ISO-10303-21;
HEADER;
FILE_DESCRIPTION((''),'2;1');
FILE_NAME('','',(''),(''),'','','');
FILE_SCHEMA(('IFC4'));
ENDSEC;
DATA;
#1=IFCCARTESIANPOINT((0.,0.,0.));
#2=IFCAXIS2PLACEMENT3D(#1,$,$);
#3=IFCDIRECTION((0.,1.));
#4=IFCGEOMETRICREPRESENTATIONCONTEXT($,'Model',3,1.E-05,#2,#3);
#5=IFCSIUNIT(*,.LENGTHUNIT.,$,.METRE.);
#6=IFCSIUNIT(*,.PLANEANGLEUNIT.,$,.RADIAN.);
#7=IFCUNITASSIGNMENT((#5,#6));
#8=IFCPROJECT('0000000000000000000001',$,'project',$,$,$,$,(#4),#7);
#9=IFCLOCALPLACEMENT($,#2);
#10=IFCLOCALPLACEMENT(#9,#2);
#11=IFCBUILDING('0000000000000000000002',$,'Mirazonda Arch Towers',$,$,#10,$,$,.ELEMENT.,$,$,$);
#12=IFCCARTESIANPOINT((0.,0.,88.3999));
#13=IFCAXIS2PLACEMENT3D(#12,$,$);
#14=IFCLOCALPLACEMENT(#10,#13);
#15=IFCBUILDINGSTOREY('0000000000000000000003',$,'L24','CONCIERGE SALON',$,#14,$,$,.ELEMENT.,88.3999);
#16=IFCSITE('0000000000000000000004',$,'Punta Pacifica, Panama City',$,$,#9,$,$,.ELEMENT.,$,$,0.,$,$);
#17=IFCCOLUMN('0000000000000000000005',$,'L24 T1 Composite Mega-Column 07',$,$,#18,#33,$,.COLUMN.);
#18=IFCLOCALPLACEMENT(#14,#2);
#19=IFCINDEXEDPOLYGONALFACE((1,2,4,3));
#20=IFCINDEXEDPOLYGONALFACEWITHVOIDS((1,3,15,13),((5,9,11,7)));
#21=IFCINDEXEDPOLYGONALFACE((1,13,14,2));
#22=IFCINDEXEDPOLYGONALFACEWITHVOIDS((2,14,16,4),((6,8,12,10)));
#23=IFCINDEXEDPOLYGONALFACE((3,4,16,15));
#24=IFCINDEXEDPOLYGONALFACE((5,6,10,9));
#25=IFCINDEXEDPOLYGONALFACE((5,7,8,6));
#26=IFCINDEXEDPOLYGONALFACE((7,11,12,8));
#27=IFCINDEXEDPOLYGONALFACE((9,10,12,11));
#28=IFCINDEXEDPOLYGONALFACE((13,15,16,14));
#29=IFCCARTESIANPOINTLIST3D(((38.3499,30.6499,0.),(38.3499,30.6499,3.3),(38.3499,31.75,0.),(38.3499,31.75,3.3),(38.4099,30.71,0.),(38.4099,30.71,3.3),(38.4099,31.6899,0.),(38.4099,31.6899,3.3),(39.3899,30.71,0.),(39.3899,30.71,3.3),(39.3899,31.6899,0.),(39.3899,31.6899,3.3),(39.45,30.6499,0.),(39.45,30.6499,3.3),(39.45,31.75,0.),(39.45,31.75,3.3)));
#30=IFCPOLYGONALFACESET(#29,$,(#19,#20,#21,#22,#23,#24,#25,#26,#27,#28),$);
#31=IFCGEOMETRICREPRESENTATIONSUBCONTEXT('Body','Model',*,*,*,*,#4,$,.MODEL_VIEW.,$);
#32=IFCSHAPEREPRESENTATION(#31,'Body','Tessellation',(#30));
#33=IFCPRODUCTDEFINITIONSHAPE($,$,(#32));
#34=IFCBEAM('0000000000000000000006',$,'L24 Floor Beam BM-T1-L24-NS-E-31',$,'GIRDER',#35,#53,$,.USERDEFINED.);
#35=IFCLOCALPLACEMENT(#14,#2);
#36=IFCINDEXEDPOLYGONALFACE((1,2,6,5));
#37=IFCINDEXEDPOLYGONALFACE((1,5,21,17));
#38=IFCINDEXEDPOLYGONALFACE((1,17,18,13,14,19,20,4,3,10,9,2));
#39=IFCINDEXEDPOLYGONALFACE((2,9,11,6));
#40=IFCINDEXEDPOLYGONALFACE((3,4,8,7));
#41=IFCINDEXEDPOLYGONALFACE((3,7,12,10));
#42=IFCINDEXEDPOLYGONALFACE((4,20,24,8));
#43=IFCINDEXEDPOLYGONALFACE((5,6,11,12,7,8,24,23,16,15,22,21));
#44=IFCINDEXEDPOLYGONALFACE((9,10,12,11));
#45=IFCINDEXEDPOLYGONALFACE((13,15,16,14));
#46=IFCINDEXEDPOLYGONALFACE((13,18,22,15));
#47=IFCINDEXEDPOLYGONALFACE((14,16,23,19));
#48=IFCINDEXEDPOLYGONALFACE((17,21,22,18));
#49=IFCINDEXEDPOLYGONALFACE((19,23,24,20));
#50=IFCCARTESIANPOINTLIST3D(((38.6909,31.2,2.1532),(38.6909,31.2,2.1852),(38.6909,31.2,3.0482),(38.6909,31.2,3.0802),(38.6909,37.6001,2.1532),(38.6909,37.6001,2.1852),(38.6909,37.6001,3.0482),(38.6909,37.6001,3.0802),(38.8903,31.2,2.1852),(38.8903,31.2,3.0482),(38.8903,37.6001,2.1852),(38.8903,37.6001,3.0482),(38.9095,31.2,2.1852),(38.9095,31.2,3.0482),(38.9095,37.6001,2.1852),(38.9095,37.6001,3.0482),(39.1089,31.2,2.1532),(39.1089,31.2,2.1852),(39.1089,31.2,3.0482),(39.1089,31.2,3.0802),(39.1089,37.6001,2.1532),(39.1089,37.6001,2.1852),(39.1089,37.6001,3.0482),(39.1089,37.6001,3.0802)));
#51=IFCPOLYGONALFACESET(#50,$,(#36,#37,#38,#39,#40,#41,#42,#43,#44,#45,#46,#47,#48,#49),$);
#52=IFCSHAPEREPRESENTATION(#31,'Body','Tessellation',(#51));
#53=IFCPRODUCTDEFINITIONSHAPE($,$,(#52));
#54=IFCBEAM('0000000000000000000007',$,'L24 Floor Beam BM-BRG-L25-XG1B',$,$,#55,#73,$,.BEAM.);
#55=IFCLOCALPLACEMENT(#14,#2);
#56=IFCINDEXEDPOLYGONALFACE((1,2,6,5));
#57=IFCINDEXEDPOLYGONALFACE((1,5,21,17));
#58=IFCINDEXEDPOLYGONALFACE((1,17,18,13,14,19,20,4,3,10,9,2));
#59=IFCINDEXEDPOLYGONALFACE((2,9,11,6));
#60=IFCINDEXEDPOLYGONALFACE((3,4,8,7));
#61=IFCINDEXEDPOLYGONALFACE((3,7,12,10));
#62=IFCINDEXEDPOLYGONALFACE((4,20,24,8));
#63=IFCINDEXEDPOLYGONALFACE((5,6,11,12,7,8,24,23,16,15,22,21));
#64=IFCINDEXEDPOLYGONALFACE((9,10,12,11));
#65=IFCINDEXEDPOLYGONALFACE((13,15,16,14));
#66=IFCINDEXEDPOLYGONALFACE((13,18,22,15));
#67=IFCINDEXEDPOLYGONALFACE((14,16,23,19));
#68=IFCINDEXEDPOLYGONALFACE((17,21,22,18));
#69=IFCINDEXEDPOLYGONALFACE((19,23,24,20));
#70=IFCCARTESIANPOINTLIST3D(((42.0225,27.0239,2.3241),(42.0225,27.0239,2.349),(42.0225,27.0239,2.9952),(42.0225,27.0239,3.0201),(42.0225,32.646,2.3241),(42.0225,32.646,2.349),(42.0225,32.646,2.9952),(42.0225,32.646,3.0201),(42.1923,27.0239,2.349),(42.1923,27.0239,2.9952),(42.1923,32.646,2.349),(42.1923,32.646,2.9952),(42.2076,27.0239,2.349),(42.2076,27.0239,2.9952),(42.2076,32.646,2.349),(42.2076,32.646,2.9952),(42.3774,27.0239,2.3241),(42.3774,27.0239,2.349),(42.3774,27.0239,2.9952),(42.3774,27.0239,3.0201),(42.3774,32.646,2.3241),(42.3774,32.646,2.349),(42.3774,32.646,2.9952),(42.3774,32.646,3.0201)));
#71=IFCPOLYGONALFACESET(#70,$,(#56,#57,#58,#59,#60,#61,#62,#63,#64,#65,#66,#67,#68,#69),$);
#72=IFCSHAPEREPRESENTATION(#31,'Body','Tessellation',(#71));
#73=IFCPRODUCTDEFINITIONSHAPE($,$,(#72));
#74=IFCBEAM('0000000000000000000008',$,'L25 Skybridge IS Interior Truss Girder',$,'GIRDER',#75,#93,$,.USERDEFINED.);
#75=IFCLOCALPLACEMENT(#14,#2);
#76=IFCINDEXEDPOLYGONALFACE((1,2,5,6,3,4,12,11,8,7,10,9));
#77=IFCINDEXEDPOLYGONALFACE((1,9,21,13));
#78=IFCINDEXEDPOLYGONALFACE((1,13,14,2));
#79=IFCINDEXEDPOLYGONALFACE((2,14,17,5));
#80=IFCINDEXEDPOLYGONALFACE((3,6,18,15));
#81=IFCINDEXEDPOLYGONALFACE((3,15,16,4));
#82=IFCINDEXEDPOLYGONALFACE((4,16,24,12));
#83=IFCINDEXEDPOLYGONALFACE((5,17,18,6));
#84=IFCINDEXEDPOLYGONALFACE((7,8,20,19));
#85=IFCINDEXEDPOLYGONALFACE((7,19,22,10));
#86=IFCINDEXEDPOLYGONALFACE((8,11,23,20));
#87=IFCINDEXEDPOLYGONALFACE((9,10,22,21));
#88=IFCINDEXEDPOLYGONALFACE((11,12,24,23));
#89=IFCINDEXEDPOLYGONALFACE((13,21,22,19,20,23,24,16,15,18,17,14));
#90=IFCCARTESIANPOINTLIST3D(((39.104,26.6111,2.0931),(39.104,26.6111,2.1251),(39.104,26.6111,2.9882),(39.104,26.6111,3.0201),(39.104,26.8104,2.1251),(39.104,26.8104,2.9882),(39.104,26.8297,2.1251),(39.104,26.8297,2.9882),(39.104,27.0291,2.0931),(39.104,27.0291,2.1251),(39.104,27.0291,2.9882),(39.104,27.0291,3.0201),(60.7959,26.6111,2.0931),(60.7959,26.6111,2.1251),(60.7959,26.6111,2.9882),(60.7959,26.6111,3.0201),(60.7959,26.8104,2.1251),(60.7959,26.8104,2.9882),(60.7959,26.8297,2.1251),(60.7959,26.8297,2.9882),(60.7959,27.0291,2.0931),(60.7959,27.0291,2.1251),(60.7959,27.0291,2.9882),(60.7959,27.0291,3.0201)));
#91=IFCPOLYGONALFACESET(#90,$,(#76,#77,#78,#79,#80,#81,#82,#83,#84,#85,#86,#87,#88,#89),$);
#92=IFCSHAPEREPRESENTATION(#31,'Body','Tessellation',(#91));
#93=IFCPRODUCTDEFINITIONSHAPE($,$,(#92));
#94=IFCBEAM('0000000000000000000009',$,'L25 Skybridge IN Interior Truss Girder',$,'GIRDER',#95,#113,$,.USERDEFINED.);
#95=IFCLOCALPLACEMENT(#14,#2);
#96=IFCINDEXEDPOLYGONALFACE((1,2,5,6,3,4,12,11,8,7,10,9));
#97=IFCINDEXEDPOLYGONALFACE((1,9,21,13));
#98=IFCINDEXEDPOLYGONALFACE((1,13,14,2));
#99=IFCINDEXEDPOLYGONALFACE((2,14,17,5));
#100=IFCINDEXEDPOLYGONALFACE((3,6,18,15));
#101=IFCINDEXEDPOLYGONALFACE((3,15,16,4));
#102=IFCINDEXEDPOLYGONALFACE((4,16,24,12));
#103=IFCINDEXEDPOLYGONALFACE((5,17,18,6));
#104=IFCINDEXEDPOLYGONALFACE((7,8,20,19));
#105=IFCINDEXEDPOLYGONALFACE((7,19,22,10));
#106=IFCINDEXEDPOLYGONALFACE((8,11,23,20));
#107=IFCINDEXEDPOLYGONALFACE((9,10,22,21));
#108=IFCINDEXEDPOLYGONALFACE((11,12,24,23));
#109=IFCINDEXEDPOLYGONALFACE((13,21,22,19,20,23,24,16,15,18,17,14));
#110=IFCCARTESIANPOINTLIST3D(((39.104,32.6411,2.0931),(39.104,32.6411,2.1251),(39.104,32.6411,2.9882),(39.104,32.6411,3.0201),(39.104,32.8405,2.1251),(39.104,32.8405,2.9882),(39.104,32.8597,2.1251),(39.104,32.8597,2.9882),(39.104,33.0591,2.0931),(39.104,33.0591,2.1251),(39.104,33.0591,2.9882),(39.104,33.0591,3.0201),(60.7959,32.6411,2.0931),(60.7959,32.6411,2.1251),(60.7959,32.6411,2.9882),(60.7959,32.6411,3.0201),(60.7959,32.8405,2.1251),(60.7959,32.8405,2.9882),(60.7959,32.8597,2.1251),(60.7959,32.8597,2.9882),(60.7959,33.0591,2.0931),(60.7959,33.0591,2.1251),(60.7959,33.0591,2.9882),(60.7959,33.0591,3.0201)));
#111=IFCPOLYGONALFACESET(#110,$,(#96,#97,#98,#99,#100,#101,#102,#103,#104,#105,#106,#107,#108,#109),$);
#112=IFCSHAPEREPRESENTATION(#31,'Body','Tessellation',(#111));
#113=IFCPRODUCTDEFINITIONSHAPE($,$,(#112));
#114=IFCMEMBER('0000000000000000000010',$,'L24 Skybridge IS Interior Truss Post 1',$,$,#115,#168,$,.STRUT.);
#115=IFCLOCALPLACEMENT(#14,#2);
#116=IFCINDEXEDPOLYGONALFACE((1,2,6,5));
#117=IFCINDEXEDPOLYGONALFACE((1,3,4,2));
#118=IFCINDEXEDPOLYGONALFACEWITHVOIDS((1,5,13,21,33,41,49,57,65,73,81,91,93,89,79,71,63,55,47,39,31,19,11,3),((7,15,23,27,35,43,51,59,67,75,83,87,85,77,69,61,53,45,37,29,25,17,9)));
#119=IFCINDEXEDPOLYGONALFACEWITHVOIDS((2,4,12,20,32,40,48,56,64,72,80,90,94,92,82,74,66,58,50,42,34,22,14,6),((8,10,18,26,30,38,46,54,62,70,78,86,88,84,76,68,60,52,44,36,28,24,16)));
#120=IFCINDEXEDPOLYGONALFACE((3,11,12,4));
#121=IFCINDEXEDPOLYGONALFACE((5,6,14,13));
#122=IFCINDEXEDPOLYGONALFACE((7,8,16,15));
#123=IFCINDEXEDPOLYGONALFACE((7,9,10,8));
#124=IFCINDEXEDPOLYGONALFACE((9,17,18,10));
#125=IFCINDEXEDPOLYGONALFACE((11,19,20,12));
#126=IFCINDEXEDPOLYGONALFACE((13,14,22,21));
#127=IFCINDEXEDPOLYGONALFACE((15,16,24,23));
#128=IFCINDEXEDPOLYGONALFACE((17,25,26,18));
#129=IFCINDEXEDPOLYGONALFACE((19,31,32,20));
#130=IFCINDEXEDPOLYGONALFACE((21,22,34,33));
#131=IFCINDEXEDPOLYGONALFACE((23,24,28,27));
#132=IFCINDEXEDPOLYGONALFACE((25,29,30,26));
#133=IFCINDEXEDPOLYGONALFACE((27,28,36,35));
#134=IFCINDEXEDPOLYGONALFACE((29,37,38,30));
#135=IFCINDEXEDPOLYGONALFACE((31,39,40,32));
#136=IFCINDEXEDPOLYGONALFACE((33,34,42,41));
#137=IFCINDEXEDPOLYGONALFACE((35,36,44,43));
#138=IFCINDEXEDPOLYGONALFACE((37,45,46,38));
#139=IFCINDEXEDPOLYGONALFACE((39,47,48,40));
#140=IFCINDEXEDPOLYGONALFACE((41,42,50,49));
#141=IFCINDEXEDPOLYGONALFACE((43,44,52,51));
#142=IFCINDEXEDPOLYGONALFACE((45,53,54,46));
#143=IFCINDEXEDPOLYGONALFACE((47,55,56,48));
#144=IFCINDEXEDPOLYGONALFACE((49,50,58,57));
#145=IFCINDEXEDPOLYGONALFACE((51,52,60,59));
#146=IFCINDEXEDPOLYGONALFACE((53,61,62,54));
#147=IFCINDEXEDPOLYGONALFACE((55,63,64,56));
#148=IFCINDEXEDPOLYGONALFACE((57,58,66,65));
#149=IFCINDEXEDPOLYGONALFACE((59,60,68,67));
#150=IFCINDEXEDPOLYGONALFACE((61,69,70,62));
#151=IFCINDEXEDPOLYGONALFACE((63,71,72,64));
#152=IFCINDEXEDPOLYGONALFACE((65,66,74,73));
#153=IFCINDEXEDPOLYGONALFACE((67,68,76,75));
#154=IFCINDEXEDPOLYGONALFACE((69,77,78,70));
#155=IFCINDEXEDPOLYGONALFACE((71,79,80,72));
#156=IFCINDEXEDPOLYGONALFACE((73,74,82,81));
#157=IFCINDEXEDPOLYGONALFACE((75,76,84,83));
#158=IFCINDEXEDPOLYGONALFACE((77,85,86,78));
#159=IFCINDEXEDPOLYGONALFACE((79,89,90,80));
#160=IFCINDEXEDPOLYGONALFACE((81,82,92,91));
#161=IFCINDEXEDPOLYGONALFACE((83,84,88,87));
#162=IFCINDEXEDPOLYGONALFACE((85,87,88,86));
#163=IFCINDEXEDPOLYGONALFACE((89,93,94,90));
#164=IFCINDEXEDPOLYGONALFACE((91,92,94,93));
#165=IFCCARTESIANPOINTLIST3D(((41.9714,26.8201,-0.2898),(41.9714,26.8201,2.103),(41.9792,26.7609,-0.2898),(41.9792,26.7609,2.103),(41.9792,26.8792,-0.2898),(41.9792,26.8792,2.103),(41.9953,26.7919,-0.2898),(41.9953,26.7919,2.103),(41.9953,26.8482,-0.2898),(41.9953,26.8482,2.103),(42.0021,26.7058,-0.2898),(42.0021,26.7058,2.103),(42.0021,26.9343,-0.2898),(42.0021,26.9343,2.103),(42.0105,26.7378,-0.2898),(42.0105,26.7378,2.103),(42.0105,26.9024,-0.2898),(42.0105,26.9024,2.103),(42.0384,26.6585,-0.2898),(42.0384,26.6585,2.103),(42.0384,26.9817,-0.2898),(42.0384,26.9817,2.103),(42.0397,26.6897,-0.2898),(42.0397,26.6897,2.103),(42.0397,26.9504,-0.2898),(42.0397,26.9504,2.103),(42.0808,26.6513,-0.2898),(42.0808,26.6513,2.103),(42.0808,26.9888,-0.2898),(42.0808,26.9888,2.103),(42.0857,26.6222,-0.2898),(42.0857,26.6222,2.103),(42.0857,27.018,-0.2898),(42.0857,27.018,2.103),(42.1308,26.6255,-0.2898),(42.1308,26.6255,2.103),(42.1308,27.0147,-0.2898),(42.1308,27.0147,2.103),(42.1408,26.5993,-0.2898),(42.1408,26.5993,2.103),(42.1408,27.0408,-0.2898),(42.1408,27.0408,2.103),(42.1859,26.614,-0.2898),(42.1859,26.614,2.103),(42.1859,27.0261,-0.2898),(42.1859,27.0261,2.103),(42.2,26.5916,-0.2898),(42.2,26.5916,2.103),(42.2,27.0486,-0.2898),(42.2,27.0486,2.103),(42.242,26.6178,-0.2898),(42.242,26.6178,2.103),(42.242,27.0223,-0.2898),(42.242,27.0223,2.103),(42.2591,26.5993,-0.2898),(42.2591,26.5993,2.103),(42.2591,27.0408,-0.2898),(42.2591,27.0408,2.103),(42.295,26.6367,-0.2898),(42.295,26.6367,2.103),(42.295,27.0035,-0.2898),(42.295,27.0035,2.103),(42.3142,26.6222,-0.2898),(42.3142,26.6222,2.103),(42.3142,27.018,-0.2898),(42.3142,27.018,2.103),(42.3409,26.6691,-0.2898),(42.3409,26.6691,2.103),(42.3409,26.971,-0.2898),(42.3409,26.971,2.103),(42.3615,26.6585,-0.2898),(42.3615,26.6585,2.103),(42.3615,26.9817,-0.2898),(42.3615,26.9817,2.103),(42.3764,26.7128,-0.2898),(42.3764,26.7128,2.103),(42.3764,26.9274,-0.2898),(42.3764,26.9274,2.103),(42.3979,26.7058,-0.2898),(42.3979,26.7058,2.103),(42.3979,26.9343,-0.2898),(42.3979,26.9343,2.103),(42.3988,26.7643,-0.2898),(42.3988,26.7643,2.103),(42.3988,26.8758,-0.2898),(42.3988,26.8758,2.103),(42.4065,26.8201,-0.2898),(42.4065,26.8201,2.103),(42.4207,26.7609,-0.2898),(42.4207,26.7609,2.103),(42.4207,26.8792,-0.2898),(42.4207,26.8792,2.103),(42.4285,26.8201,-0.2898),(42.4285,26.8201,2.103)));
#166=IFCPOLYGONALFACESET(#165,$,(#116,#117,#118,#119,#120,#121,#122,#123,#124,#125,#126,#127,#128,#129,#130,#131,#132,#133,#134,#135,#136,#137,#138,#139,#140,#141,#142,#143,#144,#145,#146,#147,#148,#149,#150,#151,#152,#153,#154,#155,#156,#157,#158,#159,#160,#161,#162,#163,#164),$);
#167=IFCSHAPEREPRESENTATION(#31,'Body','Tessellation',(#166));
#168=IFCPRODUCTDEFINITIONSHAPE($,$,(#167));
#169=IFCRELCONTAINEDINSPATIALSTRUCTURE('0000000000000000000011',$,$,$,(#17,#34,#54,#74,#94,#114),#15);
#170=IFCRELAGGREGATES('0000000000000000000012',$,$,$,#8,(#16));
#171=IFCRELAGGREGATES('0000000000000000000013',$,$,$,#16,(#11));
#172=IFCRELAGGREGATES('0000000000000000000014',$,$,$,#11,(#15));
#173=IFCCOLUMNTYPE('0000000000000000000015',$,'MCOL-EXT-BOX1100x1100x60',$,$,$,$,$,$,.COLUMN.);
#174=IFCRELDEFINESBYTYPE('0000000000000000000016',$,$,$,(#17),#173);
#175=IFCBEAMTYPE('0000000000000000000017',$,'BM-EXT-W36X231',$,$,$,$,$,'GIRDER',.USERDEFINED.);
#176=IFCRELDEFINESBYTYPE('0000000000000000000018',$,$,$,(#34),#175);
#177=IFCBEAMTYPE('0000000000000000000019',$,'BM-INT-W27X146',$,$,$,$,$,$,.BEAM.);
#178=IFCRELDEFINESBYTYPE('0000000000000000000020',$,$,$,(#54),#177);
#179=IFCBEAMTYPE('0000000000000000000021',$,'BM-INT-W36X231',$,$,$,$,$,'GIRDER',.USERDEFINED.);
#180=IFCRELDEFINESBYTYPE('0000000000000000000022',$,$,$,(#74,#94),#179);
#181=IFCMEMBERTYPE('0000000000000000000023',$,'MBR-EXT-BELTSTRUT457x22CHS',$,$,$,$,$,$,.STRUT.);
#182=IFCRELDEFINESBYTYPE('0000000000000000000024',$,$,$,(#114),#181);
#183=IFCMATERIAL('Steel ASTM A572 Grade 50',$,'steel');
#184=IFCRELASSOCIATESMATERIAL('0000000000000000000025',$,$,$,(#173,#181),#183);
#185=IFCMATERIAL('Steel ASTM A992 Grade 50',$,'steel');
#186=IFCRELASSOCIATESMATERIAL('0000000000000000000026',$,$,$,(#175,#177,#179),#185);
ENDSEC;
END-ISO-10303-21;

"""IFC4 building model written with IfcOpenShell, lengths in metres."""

from ifc_helpers import new_model, si_unit, direction, frame, origin, origin_2d, place, context, subcontext, project, spatial, hollow_rectangle, hollow_circle, i_section, extrude, material, material_profile, profile_set, type_object, element, save


model = new_model("IFC4")

# Units and contexts
model_context = context("Model", 3, precision=1e-05, world=origin(), true_north=direction((0.0, 1.0)))
body_context = subcontext(model_context, "Body", "Model", "MODEL_VIEW")
ifc_project = project(units=[si_unit("LENGTHUNIT", "METRE"), si_unit("PLANEANGLEUNIT", "RADIAN")], contexts=[model_context])

# Site, building, storey
site_placement = place(None, origin())
site = spatial("IfcSite", under=ifc_project, at=site_placement, Name="Punta Pacifica, Panama City", CompositionType="ELEMENT", RefElevation=0.0)
building_placement = place(site_placement, origin())
building = spatial("IfcBuilding", under=site, at=building_placement, Name="Mirazonda Arch Towers", CompositionType="ELEMENT")
storey_placement = place(building_placement, frame((0.0, 0.0, 88.3999)))
storey = spatial("IfcBuildingStorey", under=building, at=storey_placement, Name="L24", Description="CONCIERGE SALON", CompositionType="ELEMENT", Elevation=88.3999)

# Column
ifc_material_1 = material(Name="Steel ASTM A572 Grade 50", Category="steel")
ifc_material_profile_1 = material_profile(ifc_material_1, hollow_rectangle(XDim=1.1001, YDim=1.1001, WallThickness=0.0601, at=origin_2d()), Name="BOX1100x1100x60")
ifc_profile_set_1 = profile_set([ifc_material_profile_1], Name="Steel ASTM A572 Grade 50")
column_type = type_object("IfcColumnType", Name="MCOL-EXT-BOX1100x1100x60", PredefinedType="COLUMN", material=ifc_profile_set_1)
column_placement = place(storey_placement, frame((38.8999, 31.2, 0.0), z_axis=(0.0, 0.0, 1.0), x_axis=(1.0, 0.0, 0.0)))
element("IfcColumn", 1, at=column_placement, inside=storey, type_object=column_type, Name="L24 T1 Composite Mega-Column 07", PredefinedType="COLUMN", context=body_context, shape_type="SweptSolid", body=[
    extrude(hollow_rectangle(XDim=1.1001, YDim=1.1001, WallThickness=0.0601, at=origin_2d()), origin(), (0.0, 0.0, 1.0), 3.3),
])

# Beams
ifc_material_2 = material(Name="Steel ASTM A992 Grade 50", Category="steel")
ifc_material_profile_2 = material_profile(ifc_material_2, i_section(OverallWidth=0.418, OverallDepth=0.927, WebThickness=0.0193, FlangeThickness=0.032, at=origin_2d()), Name="W36X231")
ifc_profile_set_2 = profile_set([ifc_material_profile_2], Name="Steel ASTM A992 Grade 50")
beam_type_1 = type_object("IfcBeamType", Name="BM-EXT-W36X231", ElementType="GIRDER", PredefinedType="USERDEFINED", material=ifc_profile_set_2)
beam_1_placement = place(storey_placement, frame((38.8999, 31.2, 2.6167), z_axis=(0.0, 1.0, 0.0), x_axis=(-1.0, 0.0, 0.0)))
element("IfcBeam", 2, at=beam_1_placement, inside=storey, type_object=beam_type_1, Name="L24 Floor Beam BM-T1-L24-NS-E-31", ObjectType="GIRDER", PredefinedType="USERDEFINED", context=body_context, shape_type="SweptSolid", body=[
    extrude(i_section(OverallWidth=0.418, OverallDepth=0.927, WebThickness=0.0193, FlangeThickness=0.032, at=origin_2d()), origin(), (0.0, 0.0, 1.0), 6.4001),
])
ifc_material_profile_3 = material_profile(ifc_material_2, i_section(OverallWidth=0.355, OverallDepth=0.696, WebThickness=0.0154, FlangeThickness=0.0249, at=origin_2d()), Name="W27X146")
ifc_profile_set_3 = profile_set([ifc_material_profile_3], Name="Steel ASTM A992 Grade 50")
beam_type_2 = type_object("IfcBeamType", Name="BM-INT-W27X146", PredefinedType="BEAM", material=ifc_profile_set_3)
beam_2_placement = place(storey_placement, frame((42.2, 27.0239, 2.6721), z_axis=(0.0, 1.0, 0.0), x_axis=(-1.0, 0.0, 0.0)))
element("IfcBeam", 3, at=beam_2_placement, inside=storey, type_object=beam_type_2, Name="L24 Floor Beam BM-BRG-L25-XG1B", PredefinedType="BEAM", context=body_context, shape_type="SweptSolid", body=[
    extrude(i_section(OverallWidth=0.355, OverallDepth=0.696, WebThickness=0.0154, FlangeThickness=0.0249, at=origin_2d()), origin(), (0.0, 0.0, 1.0), 5.6221),
])
ifc_material_profile_4 = material_profile(ifc_material_2, i_section(OverallWidth=0.418, OverallDepth=0.927, WebThickness=0.0193, FlangeThickness=0.032, at=origin_2d()), Name="W36X231")
ifc_profile_set_4 = profile_set([ifc_material_profile_4], Name="Steel ASTM A992 Grade 50")
beam_type_3 = type_object("IfcBeamType", Name="BM-INT-W36X231", ElementType="GIRDER", PredefinedType="USERDEFINED", material=ifc_profile_set_4)
for number, where, z_axis, x_axis, name in (
    (4, (39.104, 26.8201, 2.5566), (1.0, 0.0, 0.0), (0.0, 1.0, 0.0), "L25 Skybridge IS Interior Truss Girder"),
    (5, (39.104, 32.8501, 2.5566), (1.0, 0.0, 0.0), (0.0, 1.0, 0.0), "L25 Skybridge IN Interior Truss Girder"),
):
    element("IfcBeam", number, at=place(storey_placement, frame(where, z_axis=z_axis, x_axis=x_axis)), inside=storey, type_object=beam_type_3, Name=name, ObjectType="GIRDER", PredefinedType="USERDEFINED", context=body_context, shape_type="SweptSolid", body=[
        extrude(i_section(OverallWidth=0.418, OverallDepth=0.927, WebThickness=0.0193, FlangeThickness=0.032, at=origin_2d()), origin(), (0.0, 0.0, 1.0), 21.6919),
    ])

# Member
ifc_material_profile_5 = material_profile(ifc_material_1, hollow_circle(Radius=0.2285, WallThickness=0.022, at=origin_2d()), Name="BELTSTRUT457x22CHS")
ifc_profile_set_5 = profile_set([ifc_material_profile_5], Name="Steel ASTM A572 Grade 50")
member_type_1 = type_object("IfcMemberType", Name="MBR-EXT-BELTSTRUT457x22CHS", PredefinedType="STRUT", material=ifc_profile_set_5)
for number, where, z_axis, x_axis, name in (
    (6, (42.2, 26.8201, -0.2898), (0.0, 0.0, 1.0), (1.0, 0.0, 0.0), "L24 Skybridge IS Interior Truss Post 1"),
):
    element("IfcMember", number, at=place(storey_placement, frame(where, z_axis=z_axis, x_axis=x_axis)), inside=storey, type_object=member_type_1, Name=name, PredefinedType="STRUT", context=body_context, shape_type="SweptSolid", body=[
        extrude(hollow_circle(Radius=0.2285, WallThickness=0.022, at=origin_2d()), origin(), (0.0, 0.0, 1.0), 2.3928),
    ])

save(model, "model.ifc")
